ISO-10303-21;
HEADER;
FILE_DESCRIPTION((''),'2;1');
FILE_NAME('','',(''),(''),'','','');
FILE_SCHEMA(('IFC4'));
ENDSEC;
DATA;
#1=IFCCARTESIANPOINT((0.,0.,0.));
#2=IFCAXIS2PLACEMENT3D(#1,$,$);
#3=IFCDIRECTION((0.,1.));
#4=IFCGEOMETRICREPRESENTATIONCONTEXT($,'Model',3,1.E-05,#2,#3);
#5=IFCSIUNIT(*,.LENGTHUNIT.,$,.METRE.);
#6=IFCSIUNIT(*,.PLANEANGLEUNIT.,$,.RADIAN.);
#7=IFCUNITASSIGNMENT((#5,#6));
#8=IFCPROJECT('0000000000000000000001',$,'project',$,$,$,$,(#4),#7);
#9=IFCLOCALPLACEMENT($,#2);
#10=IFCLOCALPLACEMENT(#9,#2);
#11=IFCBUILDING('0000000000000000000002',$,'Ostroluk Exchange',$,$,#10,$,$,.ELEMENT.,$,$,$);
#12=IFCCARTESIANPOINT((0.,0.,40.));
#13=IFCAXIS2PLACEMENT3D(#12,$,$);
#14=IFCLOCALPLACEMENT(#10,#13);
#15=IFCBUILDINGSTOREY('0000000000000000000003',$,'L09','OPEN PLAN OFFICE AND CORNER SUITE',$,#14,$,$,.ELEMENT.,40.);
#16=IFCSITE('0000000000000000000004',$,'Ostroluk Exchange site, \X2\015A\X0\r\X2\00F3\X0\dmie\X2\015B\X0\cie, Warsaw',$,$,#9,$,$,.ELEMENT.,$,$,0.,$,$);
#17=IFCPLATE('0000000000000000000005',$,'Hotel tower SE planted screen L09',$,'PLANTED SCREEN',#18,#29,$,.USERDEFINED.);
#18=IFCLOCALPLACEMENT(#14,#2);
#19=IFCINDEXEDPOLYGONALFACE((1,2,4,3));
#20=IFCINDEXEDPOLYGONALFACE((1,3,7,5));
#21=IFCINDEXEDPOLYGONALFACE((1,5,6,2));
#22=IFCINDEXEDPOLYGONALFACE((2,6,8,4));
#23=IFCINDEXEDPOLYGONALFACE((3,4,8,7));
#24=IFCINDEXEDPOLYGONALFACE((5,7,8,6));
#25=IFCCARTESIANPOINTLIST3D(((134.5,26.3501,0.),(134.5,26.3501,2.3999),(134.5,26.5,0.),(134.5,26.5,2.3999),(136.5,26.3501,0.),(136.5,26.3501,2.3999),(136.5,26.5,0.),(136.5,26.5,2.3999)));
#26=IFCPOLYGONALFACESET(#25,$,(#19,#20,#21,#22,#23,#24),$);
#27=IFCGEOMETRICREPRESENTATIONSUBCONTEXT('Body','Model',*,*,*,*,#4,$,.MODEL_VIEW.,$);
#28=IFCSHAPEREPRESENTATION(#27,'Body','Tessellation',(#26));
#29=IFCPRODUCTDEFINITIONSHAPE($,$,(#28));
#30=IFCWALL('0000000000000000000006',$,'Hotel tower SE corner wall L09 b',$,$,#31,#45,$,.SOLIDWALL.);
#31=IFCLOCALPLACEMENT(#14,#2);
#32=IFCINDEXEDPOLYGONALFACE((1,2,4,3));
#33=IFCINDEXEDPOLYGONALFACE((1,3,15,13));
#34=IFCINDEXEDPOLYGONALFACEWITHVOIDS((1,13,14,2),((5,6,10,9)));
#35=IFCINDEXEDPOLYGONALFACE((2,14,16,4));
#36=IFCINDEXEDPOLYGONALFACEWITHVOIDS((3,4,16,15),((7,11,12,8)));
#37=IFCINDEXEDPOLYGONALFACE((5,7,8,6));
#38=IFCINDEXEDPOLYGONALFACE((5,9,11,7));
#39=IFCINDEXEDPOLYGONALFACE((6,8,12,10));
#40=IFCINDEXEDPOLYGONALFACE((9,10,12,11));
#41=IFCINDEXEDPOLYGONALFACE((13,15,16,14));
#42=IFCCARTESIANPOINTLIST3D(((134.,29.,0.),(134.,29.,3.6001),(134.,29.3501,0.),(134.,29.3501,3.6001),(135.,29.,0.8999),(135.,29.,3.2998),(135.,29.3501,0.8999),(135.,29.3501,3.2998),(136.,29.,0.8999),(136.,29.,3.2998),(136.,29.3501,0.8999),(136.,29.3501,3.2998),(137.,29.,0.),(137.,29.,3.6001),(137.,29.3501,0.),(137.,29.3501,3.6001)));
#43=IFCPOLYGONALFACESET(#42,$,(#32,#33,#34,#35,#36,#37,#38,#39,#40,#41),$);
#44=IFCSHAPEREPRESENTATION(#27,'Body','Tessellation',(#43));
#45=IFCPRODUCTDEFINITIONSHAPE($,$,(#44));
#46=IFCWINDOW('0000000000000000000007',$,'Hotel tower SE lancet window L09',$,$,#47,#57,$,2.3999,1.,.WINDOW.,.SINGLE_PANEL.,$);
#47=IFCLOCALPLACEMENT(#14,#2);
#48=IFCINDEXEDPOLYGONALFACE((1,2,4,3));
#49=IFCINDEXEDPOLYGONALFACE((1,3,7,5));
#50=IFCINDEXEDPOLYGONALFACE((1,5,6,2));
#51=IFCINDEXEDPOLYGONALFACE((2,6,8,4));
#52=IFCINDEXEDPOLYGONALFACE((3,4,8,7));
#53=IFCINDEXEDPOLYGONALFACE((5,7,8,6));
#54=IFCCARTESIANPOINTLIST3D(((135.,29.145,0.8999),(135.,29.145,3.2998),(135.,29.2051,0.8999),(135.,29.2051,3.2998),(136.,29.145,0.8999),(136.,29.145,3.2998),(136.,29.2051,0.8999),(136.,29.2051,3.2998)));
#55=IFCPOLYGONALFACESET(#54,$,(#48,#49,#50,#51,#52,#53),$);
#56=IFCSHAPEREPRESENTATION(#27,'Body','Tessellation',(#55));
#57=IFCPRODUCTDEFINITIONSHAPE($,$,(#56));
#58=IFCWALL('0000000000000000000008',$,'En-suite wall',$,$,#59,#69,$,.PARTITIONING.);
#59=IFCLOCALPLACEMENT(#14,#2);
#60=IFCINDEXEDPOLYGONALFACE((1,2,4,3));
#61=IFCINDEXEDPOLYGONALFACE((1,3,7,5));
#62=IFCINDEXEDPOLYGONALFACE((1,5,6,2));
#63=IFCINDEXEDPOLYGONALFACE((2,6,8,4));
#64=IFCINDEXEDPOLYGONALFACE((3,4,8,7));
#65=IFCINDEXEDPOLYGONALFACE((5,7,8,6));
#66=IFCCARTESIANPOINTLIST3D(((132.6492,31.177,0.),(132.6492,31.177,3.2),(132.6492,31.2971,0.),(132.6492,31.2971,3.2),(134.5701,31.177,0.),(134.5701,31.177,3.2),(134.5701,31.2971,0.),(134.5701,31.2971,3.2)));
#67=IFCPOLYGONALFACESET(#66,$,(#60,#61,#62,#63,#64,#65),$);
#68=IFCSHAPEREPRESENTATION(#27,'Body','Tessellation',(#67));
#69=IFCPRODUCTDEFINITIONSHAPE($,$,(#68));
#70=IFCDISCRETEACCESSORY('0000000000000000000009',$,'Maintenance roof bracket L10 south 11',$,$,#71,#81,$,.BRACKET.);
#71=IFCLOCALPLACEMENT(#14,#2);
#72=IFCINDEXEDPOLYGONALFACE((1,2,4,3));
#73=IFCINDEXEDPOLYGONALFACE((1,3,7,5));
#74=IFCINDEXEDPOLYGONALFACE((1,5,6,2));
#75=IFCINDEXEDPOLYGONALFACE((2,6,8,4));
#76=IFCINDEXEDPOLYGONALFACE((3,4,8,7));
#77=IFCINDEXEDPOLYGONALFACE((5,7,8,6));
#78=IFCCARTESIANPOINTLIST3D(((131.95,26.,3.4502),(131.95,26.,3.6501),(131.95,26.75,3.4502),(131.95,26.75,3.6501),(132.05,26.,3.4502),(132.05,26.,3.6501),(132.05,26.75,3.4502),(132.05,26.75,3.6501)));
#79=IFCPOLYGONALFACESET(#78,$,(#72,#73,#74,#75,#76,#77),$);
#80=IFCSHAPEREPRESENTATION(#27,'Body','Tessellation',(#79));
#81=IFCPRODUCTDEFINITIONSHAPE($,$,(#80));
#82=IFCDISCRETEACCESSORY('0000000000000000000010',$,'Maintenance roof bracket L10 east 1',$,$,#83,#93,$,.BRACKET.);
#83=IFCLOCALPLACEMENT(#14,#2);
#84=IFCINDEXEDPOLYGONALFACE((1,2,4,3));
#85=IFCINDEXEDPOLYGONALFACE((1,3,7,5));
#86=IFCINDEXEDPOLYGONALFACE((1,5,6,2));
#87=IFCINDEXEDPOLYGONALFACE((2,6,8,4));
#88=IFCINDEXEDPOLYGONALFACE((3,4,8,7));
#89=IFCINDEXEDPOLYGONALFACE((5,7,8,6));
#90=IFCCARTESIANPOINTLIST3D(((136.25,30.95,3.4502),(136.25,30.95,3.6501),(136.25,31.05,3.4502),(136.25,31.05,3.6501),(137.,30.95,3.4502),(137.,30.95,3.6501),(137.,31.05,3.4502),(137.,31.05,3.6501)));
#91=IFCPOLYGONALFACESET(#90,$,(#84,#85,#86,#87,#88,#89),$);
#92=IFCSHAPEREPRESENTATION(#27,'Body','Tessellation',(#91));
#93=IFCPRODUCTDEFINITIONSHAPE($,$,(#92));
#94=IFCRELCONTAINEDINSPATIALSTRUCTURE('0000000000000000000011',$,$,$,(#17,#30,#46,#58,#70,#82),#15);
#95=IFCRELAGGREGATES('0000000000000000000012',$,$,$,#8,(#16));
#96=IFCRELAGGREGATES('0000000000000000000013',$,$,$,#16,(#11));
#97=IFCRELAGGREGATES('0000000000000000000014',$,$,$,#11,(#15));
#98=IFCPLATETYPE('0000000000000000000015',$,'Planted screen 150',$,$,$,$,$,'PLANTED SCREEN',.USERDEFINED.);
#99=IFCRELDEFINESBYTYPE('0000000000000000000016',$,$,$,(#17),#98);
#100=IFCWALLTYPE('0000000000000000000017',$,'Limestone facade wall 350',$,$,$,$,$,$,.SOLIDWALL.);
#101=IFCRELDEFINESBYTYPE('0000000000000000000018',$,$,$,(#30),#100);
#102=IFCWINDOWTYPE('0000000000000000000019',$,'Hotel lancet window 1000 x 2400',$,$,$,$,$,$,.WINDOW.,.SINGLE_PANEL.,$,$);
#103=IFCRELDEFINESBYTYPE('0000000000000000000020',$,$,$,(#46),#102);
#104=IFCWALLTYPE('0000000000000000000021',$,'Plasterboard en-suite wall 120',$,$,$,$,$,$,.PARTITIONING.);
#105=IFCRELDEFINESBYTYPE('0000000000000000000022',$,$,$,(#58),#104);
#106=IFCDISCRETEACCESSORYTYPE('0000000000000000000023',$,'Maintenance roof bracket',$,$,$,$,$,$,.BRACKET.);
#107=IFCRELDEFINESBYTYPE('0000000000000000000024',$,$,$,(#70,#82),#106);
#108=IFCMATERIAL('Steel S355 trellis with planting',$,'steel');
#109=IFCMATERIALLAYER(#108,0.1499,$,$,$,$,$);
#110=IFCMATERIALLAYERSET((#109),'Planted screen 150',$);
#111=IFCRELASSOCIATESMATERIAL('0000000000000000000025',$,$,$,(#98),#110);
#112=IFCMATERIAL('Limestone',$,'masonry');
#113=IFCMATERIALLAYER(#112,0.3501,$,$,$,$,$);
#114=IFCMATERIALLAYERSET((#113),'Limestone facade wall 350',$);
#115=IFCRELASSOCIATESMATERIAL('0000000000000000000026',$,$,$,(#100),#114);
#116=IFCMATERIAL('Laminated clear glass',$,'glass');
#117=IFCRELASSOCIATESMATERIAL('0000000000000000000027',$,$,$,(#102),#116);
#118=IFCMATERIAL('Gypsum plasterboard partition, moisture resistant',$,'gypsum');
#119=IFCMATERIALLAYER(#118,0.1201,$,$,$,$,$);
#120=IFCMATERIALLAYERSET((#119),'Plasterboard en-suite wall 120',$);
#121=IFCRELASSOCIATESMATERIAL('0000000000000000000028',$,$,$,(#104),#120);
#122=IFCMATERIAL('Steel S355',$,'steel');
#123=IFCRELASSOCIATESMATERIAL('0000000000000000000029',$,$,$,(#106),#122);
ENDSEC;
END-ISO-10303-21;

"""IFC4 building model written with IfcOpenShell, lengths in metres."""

from ifc_helpers import new_model, si_unit, direction, frame, frame_2d, origin, origin_2d, place, context, subcontext, project, spatial, rectangle, extrude, material, layer, layer_set, type_object, element, fill, save


model = new_model("IFC4")

# Units and contexts
model_context = context("Model", 3, precision=1e-05, world=origin(), true_north=direction((0.0, 1.0)))
body_context = subcontext(model_context, "Body", "Model", "MODEL_VIEW")
ifc_project = project(units=[si_unit("LENGTHUNIT", "METRE"), si_unit("PLANEANGLEUNIT", "RADIAN")], contexts=[model_context])

# Site, building, storey
site_placement = place(None, origin())
site = spatial("IfcSite", under=ifc_project, at=site_placement, Name="Ostroluk Exchange site, Śródmieście, Warsaw", CompositionType="ELEMENT", RefElevation=0.0)
building_placement = place(site_placement, origin())
building = spatial("IfcBuilding", under=site, at=building_placement, Name="Ostroluk Exchange", CompositionType="ELEMENT")
storey_placement = place(building_placement, frame((0.0, 0.0, 40.0)))
storey = spatial("IfcBuildingStorey", under=building, at=storey_placement, Name="L09", Description="OPEN PLAN OFFICE AND CORNER SUITE", CompositionType="ELEMENT", Elevation=40.0)

# Plate
ifc_material_1 = material(Name="Steel S355 trellis with planting", Category="steel")
ifc_layer_1 = layer(ifc_material_1, 0.1499)
ifc_layer_set_1 = layer_set([ifc_layer_1], Name="Planted screen 150")
plate_type_1 = type_object("IfcPlateType", Name="Planted screen 150", ElementType="PLANTED SCREEN", PredefinedType="USERDEFINED", material=ifc_layer_set_1)
plate_1_placement = place(storey_placement, frame((135.5, 26.425, 0.0), z_axis=(0.0, 0.0, 1.0), x_axis=(1.0, 0.0, 0.0)))
element("IfcPlate", 1, at=plate_1_placement, inside=storey, type_object=plate_type_1, Name="Hotel tower SE planted screen L09", ObjectType="PLANTED SCREEN", PredefinedType="USERDEFINED", context=body_context, shape_type="SweptSolid", body=[
    extrude(rectangle(XDim=2.0, YDim=0.1499, at=origin_2d()), origin(), (0.0, 0.0, 1.0), 2.3999),
])

# Shared definitions
ifc_material_2 = material(Name="Limestone", Category="masonry")
ifc_layer_2 = layer(ifc_material_2, 0.3501)
ifc_layer_set_2 = layer_set([ifc_layer_2], Name="Limestone facade wall 350")
wall_type_1 = type_object("IfcWallType", Name="Limestone facade wall 350", PredefinedType="SOLIDWALL", material=ifc_layer_set_2)

# Wall, opening, window
wall_1_placement = place(storey_placement, frame((134.0, 29.175, 0.0), z_axis=(0.0, 0.0, 1.0), x_axis=(1.0, 0.0, 0.0)))
wall_1 = element("IfcWall", 2, at=wall_1_placement, inside=storey, type_object=wall_type_1, Name="Hotel tower SE corner wall L09 b", PredefinedType="SOLIDWALL", context=body_context, shape_type="SweptSolid", body=[
    extrude(rectangle(XDim=3.0, YDim=0.3501, at=frame_2d((1.5, 0.0))), origin(), (0.0, 0.0, 1.0), 3.6001),
])
opening_1_placement = place(wall_1_placement, frame((1.0, 0.0, 0.8999)))
opening_1 = element("IfcOpeningElement", 3, at=opening_1_placement, cuts=wall_1, PredefinedType="OPENING", context=body_context, shape_type="SweptSolid", body=[
    extrude(rectangle(XDim=1.0, YDim=2.3999, at=frame_2d((0.5, 1.2))), frame((0.0, 0.1851, 0.0), z_axis=(0.0, -1.0, 0.0), x_axis=(1.0, 0.0, 0.0)), (0.0, 0.0, 1.0), 0.3701),
])
ifc_material_3 = material(Name="Laminated clear glass", Category="glass")
window_type = type_object("IfcWindowType", Name="Hotel lancet window 1000 x 2400", PartitioningType="SINGLE_PANEL", PredefinedType="WINDOW", material=ifc_material_3)
window_placement = place(opening_1_placement, origin())
window = element("IfcWindow", 4, at=window_placement, inside=storey, type_object=window_type, Name="Hotel tower SE lancet window L09", OverallHeight=2.3999, OverallWidth=1.0, PartitioningType="SINGLE_PANEL", PredefinedType="WINDOW", context=body_context, shape_type="SweptSolid", body=[
    extrude(rectangle(XDim=1.0, YDim=2.3999, at=frame_2d((0.5, 1.2))), frame((0.0, 0.03, 0.0), z_axis=(0.0, -1.0, 0.0), x_axis=(1.0, 0.0, 0.0)), (0.0, 0.0, 1.0), 0.0601),
])
fill(opening_1, window)

# Wall
ifc_material_4 = material(Name="Gypsum plasterboard partition, moisture resistant", Category="gypsum")
ifc_layer_3 = layer(ifc_material_4, 0.1201)
ifc_layer_set_3 = layer_set([ifc_layer_3], Name="Plasterboard en-suite wall 120")
wall_type_2 = type_object("IfcWallType", Name="Plasterboard en-suite wall 120", PredefinedType="PARTITIONING", material=ifc_layer_set_3)
wall_2_placement = place(storey_placement, frame((132.6492, 31.2371, 0.0), z_axis=(0.0, 0.0, 1.0), x_axis=(1.0, 0.0, 0.0)))
element("IfcWall", 5, at=wall_2_placement, inside=storey, type_object=wall_type_2, Name="En-suite wall", PredefinedType="PARTITIONING", context=body_context, shape_type="SweptSolid", body=[
    extrude(rectangle(XDim=1.9209, YDim=0.1201, at=frame_2d((0.9604, 0.0))), origin(), (0.0, 0.0, 1.0), 3.2),
])

# Discrete accessories
ifc_material_5 = material(Name="Steel S355", Category="steel")
discrete_accessory_type = type_object("IfcDiscreteAccessoryType", Name="Maintenance roof bracket", PredefinedType="BRACKET", material=ifc_material_5)
discrete_accessory_1_placement = place(storey_placement, frame((132.0, 26.375, 3.4502), z_axis=(0.0, 0.0, 1.0), x_axis=(1.0, 0.0, 0.0)))
element("IfcDiscreteAccessory", 6, at=discrete_accessory_1_placement, inside=storey, type_object=discrete_accessory_type, Name="Maintenance roof bracket L10 south 11", PredefinedType="BRACKET", context=body_context, shape_type="SweptSolid", body=[
    extrude(rectangle(XDim=0.1001, YDim=0.75, at=origin_2d()), origin(), (0.0, 0.0, 1.0), 0.2),
])
discrete_accessory_2_placement = place(storey_placement, frame((136.625, 31.0, 3.4502), z_axis=(0.0, 0.0, 1.0), x_axis=(1.0, 0.0, 0.0)))
element("IfcDiscreteAccessory", 7, at=discrete_accessory_2_placement, inside=storey, type_object=discrete_accessory_type, Name="Maintenance roof bracket L10 east 1", PredefinedType="BRACKET", context=body_context, shape_type="SweptSolid", body=[
    extrude(rectangle(XDim=0.75, YDim=0.1001, at=origin_2d()), origin(), (0.0, 0.0, 1.0), 0.2),
])

save(model, "model.ifc")
